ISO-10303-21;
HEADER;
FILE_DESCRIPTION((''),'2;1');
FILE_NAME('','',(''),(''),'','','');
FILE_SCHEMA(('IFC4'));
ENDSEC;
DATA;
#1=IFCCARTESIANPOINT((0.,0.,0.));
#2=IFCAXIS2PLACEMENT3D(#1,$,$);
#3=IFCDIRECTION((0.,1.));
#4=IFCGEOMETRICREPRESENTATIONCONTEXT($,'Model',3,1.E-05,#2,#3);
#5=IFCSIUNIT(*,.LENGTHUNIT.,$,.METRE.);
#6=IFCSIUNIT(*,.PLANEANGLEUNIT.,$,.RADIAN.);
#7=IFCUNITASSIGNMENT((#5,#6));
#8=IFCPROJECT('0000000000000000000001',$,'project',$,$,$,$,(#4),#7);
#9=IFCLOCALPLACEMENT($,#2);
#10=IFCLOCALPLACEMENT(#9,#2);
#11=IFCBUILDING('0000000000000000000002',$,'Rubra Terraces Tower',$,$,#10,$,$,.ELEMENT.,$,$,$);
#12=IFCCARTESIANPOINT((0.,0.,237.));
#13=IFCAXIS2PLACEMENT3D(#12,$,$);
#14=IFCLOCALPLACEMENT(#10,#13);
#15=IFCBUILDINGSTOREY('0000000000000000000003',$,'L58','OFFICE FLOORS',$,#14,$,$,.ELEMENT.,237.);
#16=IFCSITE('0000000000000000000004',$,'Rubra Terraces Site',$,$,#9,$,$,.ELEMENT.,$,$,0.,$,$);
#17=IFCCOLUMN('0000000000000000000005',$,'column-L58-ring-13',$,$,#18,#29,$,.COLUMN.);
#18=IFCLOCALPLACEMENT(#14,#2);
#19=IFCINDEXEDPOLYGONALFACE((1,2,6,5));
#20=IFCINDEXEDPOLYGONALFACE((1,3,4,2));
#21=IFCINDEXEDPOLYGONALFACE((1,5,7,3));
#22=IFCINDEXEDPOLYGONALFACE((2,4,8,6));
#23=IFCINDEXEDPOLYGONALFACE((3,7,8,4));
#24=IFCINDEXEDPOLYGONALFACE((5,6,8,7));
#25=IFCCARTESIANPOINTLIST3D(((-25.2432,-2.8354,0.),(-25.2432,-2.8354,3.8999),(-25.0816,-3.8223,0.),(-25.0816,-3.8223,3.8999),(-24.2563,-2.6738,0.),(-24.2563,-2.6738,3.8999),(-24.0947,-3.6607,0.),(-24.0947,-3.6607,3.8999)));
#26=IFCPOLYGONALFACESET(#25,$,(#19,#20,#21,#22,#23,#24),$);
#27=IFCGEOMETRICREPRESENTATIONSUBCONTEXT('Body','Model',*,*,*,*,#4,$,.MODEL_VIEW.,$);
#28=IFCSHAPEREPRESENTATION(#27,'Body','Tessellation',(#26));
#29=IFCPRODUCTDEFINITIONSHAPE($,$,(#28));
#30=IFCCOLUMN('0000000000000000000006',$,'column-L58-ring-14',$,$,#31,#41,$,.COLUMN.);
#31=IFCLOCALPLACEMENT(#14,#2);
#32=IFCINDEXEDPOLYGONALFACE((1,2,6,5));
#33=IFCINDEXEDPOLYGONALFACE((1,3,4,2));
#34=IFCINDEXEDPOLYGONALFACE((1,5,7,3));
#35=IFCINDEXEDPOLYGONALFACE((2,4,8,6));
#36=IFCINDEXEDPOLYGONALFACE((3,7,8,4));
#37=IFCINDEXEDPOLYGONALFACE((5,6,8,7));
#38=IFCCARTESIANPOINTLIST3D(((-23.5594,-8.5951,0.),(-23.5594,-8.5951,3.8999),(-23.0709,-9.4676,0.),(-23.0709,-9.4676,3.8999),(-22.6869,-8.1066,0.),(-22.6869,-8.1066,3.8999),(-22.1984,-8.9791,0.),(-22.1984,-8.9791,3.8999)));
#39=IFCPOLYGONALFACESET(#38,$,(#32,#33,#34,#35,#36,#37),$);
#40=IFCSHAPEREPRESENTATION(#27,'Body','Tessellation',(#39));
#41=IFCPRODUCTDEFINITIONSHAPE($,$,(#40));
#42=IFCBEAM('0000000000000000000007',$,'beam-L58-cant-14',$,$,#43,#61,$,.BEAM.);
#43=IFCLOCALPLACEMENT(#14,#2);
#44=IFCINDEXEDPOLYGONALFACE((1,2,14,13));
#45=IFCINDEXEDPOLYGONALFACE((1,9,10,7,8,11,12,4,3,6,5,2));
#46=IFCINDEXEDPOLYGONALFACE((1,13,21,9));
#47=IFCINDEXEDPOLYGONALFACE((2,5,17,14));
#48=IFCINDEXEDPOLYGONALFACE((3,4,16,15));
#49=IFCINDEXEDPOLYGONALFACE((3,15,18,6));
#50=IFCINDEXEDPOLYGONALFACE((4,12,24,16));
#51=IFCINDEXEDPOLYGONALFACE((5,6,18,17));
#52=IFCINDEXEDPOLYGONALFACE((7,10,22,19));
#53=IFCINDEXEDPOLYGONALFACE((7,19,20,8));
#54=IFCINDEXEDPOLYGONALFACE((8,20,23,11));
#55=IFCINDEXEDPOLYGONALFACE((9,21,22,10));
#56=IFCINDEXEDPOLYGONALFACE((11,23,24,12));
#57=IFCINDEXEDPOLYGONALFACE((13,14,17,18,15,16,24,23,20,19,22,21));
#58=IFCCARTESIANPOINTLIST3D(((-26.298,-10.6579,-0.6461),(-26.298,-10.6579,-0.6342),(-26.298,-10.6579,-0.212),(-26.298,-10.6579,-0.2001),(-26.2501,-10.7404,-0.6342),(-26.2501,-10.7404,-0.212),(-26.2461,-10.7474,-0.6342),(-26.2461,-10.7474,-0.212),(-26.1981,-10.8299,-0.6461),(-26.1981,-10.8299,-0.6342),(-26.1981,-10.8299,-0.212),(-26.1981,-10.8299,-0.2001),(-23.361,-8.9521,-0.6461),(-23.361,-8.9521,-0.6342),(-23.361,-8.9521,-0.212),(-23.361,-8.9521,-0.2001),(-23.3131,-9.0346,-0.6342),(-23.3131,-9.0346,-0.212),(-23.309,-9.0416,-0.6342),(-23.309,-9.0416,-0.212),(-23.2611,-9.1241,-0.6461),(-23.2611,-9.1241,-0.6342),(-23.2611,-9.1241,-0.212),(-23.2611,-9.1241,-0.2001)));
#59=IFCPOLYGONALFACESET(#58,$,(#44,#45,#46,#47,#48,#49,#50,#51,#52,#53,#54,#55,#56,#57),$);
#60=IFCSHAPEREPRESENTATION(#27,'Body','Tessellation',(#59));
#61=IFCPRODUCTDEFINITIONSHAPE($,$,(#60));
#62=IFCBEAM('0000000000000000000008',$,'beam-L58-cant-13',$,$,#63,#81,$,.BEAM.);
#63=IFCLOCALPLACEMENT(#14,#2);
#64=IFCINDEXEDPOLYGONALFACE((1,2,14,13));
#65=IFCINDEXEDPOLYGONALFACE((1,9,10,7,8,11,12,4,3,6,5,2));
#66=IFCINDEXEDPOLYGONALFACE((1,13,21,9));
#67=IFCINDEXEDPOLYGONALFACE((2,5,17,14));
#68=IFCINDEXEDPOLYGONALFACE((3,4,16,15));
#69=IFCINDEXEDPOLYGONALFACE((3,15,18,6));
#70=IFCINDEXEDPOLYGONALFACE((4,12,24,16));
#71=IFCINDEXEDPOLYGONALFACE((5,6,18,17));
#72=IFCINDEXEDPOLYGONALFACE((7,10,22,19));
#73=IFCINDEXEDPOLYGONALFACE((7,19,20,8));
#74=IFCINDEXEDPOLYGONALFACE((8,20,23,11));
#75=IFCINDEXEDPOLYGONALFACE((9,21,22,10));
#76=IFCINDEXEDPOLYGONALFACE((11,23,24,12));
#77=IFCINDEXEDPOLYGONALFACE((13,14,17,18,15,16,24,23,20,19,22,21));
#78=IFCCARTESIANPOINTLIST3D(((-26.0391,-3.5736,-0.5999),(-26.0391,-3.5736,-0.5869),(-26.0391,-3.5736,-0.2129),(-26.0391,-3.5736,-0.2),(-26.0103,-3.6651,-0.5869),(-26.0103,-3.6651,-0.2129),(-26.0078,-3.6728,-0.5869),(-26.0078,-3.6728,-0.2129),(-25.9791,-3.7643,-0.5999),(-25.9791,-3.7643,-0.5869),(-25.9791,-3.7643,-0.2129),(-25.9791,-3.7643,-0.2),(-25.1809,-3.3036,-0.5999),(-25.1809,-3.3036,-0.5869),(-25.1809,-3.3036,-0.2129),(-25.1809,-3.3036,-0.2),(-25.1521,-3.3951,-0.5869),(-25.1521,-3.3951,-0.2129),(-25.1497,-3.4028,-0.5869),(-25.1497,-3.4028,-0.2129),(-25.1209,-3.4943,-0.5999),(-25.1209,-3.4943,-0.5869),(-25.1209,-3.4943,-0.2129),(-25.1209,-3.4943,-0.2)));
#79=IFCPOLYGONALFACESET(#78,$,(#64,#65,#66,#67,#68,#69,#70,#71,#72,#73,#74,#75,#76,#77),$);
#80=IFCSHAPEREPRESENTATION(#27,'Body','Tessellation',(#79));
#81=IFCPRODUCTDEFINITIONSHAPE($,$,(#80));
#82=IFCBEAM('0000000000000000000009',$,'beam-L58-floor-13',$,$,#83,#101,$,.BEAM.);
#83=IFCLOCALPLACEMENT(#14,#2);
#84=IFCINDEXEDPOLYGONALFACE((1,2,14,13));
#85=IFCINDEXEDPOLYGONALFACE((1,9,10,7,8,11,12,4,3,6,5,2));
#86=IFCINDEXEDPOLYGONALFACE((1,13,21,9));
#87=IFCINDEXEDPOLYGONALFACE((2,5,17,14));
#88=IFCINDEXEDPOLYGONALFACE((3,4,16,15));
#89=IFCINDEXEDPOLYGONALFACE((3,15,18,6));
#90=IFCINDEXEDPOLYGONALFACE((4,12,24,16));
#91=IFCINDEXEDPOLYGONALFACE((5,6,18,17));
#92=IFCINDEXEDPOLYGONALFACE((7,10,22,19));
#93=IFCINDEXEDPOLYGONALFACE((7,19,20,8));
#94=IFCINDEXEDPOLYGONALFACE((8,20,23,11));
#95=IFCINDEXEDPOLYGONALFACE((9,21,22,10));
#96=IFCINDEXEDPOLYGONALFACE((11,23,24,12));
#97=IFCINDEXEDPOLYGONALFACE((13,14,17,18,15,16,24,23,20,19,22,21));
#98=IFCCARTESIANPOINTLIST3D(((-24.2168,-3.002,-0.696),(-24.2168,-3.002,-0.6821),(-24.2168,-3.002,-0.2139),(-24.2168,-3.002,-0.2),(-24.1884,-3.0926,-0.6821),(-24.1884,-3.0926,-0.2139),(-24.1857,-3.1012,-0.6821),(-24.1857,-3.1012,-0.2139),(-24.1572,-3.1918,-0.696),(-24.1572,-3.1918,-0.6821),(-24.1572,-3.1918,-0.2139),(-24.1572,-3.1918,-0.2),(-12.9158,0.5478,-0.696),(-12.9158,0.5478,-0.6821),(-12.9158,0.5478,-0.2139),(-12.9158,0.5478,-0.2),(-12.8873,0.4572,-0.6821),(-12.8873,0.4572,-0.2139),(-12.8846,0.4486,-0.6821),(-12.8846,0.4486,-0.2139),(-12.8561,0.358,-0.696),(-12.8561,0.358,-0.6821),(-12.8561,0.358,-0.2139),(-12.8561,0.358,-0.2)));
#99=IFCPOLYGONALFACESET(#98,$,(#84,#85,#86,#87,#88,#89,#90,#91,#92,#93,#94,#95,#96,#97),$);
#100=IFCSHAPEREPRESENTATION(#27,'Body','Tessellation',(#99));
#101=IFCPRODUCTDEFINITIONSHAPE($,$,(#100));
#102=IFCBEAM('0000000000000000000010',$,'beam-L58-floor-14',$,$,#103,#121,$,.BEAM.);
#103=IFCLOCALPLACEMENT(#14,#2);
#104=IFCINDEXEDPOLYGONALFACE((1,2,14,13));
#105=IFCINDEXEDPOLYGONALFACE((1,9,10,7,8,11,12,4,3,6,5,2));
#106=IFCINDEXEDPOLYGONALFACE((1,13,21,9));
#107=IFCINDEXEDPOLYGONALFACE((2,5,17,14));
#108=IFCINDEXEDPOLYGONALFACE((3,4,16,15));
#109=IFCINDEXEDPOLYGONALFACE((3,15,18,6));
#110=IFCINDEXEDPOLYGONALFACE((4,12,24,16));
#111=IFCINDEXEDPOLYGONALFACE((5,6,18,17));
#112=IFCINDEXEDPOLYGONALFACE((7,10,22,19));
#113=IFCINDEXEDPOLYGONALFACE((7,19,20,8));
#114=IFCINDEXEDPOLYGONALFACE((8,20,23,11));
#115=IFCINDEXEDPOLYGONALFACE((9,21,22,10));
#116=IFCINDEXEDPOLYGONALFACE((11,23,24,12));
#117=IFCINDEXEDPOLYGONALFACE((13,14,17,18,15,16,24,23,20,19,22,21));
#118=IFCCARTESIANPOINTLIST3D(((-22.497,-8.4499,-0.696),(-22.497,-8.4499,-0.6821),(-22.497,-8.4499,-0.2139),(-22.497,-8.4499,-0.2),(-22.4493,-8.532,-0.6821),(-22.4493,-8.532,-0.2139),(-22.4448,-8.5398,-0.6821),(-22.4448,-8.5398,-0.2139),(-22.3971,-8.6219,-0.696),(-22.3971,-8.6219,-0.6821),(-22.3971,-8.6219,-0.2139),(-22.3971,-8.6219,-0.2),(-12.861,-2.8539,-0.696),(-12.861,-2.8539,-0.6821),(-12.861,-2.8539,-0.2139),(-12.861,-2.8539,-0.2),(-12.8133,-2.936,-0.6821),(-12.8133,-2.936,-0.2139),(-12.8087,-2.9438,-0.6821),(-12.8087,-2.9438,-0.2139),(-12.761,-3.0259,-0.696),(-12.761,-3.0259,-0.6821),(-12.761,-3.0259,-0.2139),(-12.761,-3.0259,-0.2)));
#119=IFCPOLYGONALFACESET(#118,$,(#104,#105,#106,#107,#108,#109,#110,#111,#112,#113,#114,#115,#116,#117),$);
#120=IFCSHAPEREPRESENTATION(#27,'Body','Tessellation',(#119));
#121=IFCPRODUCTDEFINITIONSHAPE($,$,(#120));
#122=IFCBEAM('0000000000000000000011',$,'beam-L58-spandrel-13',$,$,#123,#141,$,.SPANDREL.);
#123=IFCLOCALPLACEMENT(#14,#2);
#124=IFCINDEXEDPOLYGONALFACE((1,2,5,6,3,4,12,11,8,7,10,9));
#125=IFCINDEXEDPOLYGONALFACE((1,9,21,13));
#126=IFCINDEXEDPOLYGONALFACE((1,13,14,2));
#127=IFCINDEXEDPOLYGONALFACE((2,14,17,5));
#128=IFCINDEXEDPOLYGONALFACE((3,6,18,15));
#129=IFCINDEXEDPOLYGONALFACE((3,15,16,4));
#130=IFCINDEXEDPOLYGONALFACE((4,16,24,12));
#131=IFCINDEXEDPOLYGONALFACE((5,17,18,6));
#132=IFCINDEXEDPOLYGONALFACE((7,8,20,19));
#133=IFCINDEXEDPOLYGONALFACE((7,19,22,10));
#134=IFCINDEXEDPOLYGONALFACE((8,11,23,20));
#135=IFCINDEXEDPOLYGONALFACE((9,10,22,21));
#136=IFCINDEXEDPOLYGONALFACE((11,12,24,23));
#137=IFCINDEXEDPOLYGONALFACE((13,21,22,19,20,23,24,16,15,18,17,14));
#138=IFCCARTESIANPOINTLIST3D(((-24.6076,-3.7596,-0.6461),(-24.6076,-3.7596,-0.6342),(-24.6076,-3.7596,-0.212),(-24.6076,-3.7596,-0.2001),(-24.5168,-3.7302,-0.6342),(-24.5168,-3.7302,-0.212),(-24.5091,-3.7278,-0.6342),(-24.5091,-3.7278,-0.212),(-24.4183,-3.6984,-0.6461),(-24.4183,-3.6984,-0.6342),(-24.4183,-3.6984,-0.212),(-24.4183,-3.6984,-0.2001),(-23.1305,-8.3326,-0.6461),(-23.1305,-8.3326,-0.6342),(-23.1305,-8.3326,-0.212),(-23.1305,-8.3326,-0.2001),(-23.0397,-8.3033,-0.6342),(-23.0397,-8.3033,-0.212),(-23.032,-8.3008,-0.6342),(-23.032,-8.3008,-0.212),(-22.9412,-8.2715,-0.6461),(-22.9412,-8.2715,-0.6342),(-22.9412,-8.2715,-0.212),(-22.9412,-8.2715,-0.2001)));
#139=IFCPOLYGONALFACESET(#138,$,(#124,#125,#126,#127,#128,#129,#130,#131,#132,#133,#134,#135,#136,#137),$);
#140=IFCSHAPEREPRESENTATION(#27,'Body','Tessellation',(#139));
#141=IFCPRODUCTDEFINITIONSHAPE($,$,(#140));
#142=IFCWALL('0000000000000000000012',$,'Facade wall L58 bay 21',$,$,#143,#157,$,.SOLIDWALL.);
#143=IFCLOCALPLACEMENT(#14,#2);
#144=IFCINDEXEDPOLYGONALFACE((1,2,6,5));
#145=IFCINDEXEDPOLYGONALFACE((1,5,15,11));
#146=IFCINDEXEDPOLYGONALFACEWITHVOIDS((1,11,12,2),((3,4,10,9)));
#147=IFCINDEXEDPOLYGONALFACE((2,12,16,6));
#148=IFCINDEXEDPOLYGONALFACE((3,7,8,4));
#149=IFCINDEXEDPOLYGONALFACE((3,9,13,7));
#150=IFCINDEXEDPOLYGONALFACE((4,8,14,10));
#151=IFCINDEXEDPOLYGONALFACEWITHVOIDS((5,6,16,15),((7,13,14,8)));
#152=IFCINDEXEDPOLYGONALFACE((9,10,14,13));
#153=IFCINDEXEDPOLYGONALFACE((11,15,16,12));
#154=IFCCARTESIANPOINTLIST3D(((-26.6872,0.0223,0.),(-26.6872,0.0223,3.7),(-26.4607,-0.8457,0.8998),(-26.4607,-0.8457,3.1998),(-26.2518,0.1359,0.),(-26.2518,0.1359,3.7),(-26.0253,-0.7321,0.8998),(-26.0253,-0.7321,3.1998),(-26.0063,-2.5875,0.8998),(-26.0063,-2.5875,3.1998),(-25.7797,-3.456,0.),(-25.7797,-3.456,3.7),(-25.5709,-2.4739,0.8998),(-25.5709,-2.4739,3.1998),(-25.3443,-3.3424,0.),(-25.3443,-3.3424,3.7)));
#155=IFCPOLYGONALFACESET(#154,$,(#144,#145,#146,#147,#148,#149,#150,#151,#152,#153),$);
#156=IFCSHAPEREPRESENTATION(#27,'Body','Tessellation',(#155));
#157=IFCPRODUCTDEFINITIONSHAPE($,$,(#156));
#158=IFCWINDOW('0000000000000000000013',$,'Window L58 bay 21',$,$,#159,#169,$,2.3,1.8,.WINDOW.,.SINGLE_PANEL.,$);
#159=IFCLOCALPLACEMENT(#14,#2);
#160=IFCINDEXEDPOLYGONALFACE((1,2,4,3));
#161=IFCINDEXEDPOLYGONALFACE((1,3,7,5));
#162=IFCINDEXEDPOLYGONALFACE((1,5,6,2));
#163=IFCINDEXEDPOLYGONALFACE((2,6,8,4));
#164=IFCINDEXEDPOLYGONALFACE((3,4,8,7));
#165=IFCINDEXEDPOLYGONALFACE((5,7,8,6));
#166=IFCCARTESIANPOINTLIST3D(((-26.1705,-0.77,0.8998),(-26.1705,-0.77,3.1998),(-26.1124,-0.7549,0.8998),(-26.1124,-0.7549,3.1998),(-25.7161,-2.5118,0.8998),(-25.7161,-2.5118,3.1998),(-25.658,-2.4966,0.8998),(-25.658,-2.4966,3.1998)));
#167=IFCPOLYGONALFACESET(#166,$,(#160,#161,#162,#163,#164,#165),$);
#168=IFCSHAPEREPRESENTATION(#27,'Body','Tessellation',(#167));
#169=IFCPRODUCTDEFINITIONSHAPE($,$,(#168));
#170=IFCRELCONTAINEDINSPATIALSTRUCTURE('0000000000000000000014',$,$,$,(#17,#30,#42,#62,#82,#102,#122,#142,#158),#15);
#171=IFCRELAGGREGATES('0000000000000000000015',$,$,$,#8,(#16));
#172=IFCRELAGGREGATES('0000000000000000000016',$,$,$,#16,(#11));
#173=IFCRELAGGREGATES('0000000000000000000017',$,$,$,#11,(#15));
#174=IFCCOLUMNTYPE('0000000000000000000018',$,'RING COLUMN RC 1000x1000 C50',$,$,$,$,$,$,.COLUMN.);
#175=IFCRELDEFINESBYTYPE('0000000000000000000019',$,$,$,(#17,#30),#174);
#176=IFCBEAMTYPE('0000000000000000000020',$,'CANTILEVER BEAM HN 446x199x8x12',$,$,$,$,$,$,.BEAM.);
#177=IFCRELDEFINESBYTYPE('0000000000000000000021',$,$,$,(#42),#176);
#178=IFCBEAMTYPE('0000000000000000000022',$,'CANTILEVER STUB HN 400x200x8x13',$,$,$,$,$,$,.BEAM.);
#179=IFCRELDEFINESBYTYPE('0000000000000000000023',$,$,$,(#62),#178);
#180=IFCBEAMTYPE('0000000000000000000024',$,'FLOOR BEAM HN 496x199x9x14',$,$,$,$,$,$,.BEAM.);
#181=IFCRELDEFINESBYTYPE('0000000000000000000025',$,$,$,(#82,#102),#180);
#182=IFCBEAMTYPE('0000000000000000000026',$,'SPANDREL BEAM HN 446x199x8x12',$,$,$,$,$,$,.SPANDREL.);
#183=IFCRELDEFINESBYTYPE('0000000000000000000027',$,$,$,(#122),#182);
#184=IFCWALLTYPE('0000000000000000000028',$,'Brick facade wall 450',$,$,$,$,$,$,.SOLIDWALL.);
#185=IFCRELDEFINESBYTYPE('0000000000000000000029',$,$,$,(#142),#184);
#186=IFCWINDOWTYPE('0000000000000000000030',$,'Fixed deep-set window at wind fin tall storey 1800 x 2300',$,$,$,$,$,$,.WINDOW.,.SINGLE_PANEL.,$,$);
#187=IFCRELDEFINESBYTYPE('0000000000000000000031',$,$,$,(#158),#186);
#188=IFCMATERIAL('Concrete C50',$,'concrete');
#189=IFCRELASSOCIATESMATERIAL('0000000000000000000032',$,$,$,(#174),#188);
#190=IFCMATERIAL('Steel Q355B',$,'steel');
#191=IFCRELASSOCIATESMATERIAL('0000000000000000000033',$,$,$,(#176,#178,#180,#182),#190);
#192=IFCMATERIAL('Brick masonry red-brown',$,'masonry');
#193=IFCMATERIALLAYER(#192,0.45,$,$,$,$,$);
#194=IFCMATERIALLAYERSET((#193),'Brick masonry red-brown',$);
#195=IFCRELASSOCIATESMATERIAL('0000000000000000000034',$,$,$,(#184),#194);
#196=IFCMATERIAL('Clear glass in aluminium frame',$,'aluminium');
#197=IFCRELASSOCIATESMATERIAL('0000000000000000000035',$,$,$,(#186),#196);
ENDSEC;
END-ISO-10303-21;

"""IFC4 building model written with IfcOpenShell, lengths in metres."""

from ifc_helpers import new_model, si_unit, direction, frame, frame_2d, origin, origin_2d, place, context, subcontext, project, spatial, rectangle, i_section, extrude, material, layer, layer_set, material_profile, profile_set, type_object, element, fill, save


model = new_model("IFC4")

# Units and contexts
model_context = context("Model", 3, precision=1e-05, world=origin(), true_north=direction((0.0, 1.0)))
body_context = subcontext(model_context, "Body", "Model", "MODEL_VIEW")
ifc_project = project(units=[si_unit("LENGTHUNIT", "METRE"), si_unit("PLANEANGLEUNIT", "RADIAN")], contexts=[model_context])

# Site, building, storey
site_placement = place(None, origin())
site = spatial("IfcSite", under=ifc_project, at=site_placement, Name="Rubra Terraces Site", CompositionType="ELEMENT", RefElevation=0.0)
building_placement = place(site_placement, origin())
building = spatial("IfcBuilding", under=site, at=building_placement, Name="Rubra Terraces Tower", CompositionType="ELEMENT")
storey_placement = place(building_placement, frame((0.0, 0.0, 237.0)))
storey = spatial("IfcBuildingStorey", under=building, at=storey_placement, Name="L58", Description="OFFICE FLOORS", CompositionType="ELEMENT", Elevation=237.0)

# Columns
ifc_material_1 = material(Name="Concrete C50", Category="concrete")
ifc_material_profile_1 = material_profile(ifc_material_1, rectangle(XDim=1.0, YDim=1.0, at=origin_2d()), Name="RC 1000x1000")
ifc_profile_set_1 = profile_set([ifc_material_profile_1], Name="Concrete C50")
column_type = type_object("IfcColumnType", Name="RING COLUMN RC 1000x1000 C50", PredefinedType="COLUMN", material=ifc_profile_set_1)
for number, where, z_axis, x_axis, name in (
    (1, (-24.6689, -3.248, 0.0), (0.0, 0.0, 1.0), (0.161559, -0.986863, 0.0), "column-L58-ring-13"),
    (2, (-22.8789, -8.7871, 0.0), (0.0, 0.0, 1.0), (0.488526, -0.872549, 0.0), "column-L58-ring-14"),
):
    element("IfcColumn", number, at=place(storey_placement, frame(where, z_axis=z_axis, x_axis=x_axis)), inside=storey, type_object=column_type, Name=name, PredefinedType="COLUMN", context=body_context, shape_type="SweptSolid", body=[
        extrude(rectangle(XDim=1.0, YDim=1.0, at=origin_2d()), origin(), (0.0, 0.0, 1.0), 3.8999),
    ])

# Beams
ifc_material_2 = material(Name="Steel Q355B", Category="steel")
ifc_material_profile_2 = material_profile(ifc_material_2, i_section(OverallWidth=0.199, OverallDepth=0.446, WebThickness=0.0081, FlangeThickness=0.012, at=origin_2d()), Name="HN 446x199x8x12")
ifc_profile_set_2 = profile_set([ifc_material_profile_2], Name="Steel Q355B")
beam_type_1 = type_object("IfcBeamType", Name="CANTILEVER BEAM HN 446x199x8x12", PredefinedType="BEAM", material=ifc_profile_set_2)
beam_1_placement = place(storey_placement, frame((-23.311, -9.0381, -0.4231), z_axis=(-0.864732, -0.502234, 0.0), x_axis=(0.502234, -0.864732, 0.0)))
element("IfcBeam", 3, at=beam_1_placement, inside=storey, type_object=beam_type_1, Name="beam-L58-cant-14", PredefinedType="BEAM", context=body_context, shape_type="SweptSolid", body=[
    extrude(i_section(OverallWidth=0.199, OverallDepth=0.446, WebThickness=0.0081, FlangeThickness=0.012, at=origin_2d()), origin(), (0.0, 0.0, 1.0), 3.3965),
])
ifc_material_profile_3 = material_profile(ifc_material_2, i_section(OverallWidth=0.2, OverallDepth=0.3999, WebThickness=0.0081, FlangeThickness=0.0129, at=origin_2d()), Name="HN 400x200x8x13")
ifc_profile_set_3 = profile_set([ifc_material_profile_3], Name="Steel Q355B")
beam_type_2 = type_object("IfcBeamType", Name="CANTILEVER STUB HN 400x200x8x13", PredefinedType="BEAM", material=ifc_profile_set_3)
beam_2_placement = place(storey_placement, frame((-25.1509, -3.3989, -0.3999), z_axis=(-0.953894, -0.300144, 0.0), x_axis=(0.300144, -0.953894, 0.0)))
element("IfcBeam", 4, at=beam_2_placement, inside=storey, type_object=beam_type_2, Name="beam-L58-cant-13", PredefinedType="BEAM", context=body_context, shape_type="SweptSolid", body=[
    extrude(i_section(OverallWidth=0.2, OverallDepth=0.3999, WebThickness=0.0081, FlangeThickness=0.0129, at=origin_2d()), origin(), (0.0, 0.0, 1.0), 0.8997),
])
ifc_material_profile_4 = material_profile(ifc_material_2, i_section(OverallWidth=0.199, OverallDepth=0.4961, WebThickness=0.009, FlangeThickness=0.0139, at=origin_2d()), Name="HN 496x199x9x14")
ifc_profile_set_4 = profile_set([ifc_material_profile_4], Name="Steel Q355B")
beam_type_3 = type_object("IfcBeamType", Name="FLOOR BEAM HN 496x199x9x14", PredefinedType="BEAM", material=ifc_profile_set_4)
beam_3_placement = place(storey_placement, frame((-24.187, -3.0969, -0.448), z_axis=(0.954041, 0.299677, 0.0), x_axis=(-0.299677, 0.954041, 0.0)))
element("IfcBeam", 5, at=beam_3_placement, inside=storey, type_object=beam_type_3, Name="beam-L58-floor-13", PredefinedType="BEAM", context=body_context, shape_type="SweptSolid", body=[
    extrude(i_section(OverallWidth=0.199, OverallDepth=0.4961, WebThickness=0.009, FlangeThickness=0.0139, at=origin_2d()), origin(), (0.0, 0.0, 1.0), 11.8455),
])
beam_4_placement = place(storey_placement, frame((-22.447, -8.5359, -0.448), z_axis=(0.864755, 0.502193, 0.0), x_axis=(-0.502193, 0.864755, 0.0)))
element("IfcBeam", 6, at=beam_4_placement, inside=storey, type_object=beam_type_3, Name="beam-L58-floor-14", PredefinedType="BEAM", context=body_context, shape_type="SweptSolid", body=[
    extrude(i_section(OverallWidth=0.199, OverallDepth=0.4961, WebThickness=0.009, FlangeThickness=0.0139, at=origin_2d()), origin(), (0.0, 0.0, 1.0), 11.1431),
])
ifc_material_profile_5 = material_profile(ifc_material_2, i_section(OverallWidth=0.199, OverallDepth=0.446, WebThickness=0.0081, FlangeThickness=0.012, at=origin_2d()), Name="HN 446x199x8x12")
ifc_profile_set_5 = profile_set([ifc_material_profile_5], Name="Steel Q355B")
beam_type_4 = type_object("IfcBeamType", Name="SPANDREL BEAM HN 446x199x8x12", PredefinedType="SPANDREL", material=ifc_profile_set_5)
beam_5_placement = place(storey_placement, frame((-24.5129, -3.729, -0.4231), z_axis=(0.307359, -0.951594, 0.0), x_axis=(0.951594, 0.307359, 0.0)))
element("IfcBeam", 7, at=beam_5_placement, inside=storey, type_object=beam_type_4, Name="beam-L58-spandrel-13", PredefinedType="SPANDREL", context=body_context, shape_type="SweptSolid", body=[
    extrude(i_section(OverallWidth=0.199, OverallDepth=0.446, WebThickness=0.0081, FlangeThickness=0.012, at=origin_2d()), origin(), (0.0, 0.0, 1.0), 4.8057),
])

# Wall, opening, window
ifc_material_3 = material(Name="Brick masonry red-brown", Category="masonry")
ifc_layer_1 = layer(ifc_material_3, 0.45)
ifc_layer_set_1 = layer_set([ifc_layer_1], Name="Brick masonry red-brown")
wall_type_1 = type_object("IfcWallType", Name="Brick facade wall 450", PredefinedType="SOLIDWALL", material=ifc_layer_set_1)
wall_1_placement = place(storey_placement, frame((-26.4695, 0.0791, 0.0), z_axis=(0.0, 0.0, 1.0), x_axis=(0.252447, -0.967611, 0.0)))
wall_1 = element("IfcWall", 8, at=wall_1_placement, inside=storey, type_object=wall_type_1, Name="Facade wall L58 bay 21", PredefinedType="SOLIDWALL", context=body_context, shape_type="SweptSolid", body=[
    extrude(rectangle(XDim=3.5947, YDim=0.45, at=frame_2d((1.7974, 0.0))), origin(), (0.0, 0.0, 1.0), 3.7),
])
opening_1_placement = place(wall_1_placement, frame((0.8972, 0.0, 0.8999)))
opening_1 = element("IfcOpeningElement", 9, at=opening_1_placement, cuts=wall_1, PredefinedType="OPENING", context=body_context, shape_type="SweptSolid", body=[
    extrude(rectangle(XDim=1.8, YDim=2.3, at=frame_2d((0.8999, 1.1499))), frame((0.0, 0.2349, 0.0), z_axis=(0.0, -1.0, 0.0), x_axis=(1.0, 0.0, 0.0)), (0.0, 0.0, 1.0), 0.47),
])
ifc_material_4 = material(Name="Clear glass in aluminium frame", Category="aluminium")
window_type_1 = type_object("IfcWindowType", Name="Fixed deep-set window at wind fin tall storey 1800 x 2300", PartitioningType="SINGLE_PANEL", PredefinedType="WINDOW", material=ifc_material_4)
window_1_placement = place(opening_1_placement, origin())
window_1 = element("IfcWindow", 10, at=window_1_placement, inside=storey, type_object=window_type_1, Name="Window L58 bay 21", OverallHeight=2.3, OverallWidth=1.8, PartitioningType="SINGLE_PANEL", PredefinedType="WINDOW", context=body_context, shape_type="SweptSolid", body=[
    extrude(rectangle(XDim=1.8, YDim=2.3, at=frame_2d((0.8999, 1.1499))), frame((0.0, 0.135, 0.0), z_axis=(0.0, -1.0, 0.0), x_axis=(1.0, 0.0, 0.0)), (0.0, 0.0, 1.0), 0.0601),
])
fill(opening_1, window_1)

save(model, "model.ifc")
